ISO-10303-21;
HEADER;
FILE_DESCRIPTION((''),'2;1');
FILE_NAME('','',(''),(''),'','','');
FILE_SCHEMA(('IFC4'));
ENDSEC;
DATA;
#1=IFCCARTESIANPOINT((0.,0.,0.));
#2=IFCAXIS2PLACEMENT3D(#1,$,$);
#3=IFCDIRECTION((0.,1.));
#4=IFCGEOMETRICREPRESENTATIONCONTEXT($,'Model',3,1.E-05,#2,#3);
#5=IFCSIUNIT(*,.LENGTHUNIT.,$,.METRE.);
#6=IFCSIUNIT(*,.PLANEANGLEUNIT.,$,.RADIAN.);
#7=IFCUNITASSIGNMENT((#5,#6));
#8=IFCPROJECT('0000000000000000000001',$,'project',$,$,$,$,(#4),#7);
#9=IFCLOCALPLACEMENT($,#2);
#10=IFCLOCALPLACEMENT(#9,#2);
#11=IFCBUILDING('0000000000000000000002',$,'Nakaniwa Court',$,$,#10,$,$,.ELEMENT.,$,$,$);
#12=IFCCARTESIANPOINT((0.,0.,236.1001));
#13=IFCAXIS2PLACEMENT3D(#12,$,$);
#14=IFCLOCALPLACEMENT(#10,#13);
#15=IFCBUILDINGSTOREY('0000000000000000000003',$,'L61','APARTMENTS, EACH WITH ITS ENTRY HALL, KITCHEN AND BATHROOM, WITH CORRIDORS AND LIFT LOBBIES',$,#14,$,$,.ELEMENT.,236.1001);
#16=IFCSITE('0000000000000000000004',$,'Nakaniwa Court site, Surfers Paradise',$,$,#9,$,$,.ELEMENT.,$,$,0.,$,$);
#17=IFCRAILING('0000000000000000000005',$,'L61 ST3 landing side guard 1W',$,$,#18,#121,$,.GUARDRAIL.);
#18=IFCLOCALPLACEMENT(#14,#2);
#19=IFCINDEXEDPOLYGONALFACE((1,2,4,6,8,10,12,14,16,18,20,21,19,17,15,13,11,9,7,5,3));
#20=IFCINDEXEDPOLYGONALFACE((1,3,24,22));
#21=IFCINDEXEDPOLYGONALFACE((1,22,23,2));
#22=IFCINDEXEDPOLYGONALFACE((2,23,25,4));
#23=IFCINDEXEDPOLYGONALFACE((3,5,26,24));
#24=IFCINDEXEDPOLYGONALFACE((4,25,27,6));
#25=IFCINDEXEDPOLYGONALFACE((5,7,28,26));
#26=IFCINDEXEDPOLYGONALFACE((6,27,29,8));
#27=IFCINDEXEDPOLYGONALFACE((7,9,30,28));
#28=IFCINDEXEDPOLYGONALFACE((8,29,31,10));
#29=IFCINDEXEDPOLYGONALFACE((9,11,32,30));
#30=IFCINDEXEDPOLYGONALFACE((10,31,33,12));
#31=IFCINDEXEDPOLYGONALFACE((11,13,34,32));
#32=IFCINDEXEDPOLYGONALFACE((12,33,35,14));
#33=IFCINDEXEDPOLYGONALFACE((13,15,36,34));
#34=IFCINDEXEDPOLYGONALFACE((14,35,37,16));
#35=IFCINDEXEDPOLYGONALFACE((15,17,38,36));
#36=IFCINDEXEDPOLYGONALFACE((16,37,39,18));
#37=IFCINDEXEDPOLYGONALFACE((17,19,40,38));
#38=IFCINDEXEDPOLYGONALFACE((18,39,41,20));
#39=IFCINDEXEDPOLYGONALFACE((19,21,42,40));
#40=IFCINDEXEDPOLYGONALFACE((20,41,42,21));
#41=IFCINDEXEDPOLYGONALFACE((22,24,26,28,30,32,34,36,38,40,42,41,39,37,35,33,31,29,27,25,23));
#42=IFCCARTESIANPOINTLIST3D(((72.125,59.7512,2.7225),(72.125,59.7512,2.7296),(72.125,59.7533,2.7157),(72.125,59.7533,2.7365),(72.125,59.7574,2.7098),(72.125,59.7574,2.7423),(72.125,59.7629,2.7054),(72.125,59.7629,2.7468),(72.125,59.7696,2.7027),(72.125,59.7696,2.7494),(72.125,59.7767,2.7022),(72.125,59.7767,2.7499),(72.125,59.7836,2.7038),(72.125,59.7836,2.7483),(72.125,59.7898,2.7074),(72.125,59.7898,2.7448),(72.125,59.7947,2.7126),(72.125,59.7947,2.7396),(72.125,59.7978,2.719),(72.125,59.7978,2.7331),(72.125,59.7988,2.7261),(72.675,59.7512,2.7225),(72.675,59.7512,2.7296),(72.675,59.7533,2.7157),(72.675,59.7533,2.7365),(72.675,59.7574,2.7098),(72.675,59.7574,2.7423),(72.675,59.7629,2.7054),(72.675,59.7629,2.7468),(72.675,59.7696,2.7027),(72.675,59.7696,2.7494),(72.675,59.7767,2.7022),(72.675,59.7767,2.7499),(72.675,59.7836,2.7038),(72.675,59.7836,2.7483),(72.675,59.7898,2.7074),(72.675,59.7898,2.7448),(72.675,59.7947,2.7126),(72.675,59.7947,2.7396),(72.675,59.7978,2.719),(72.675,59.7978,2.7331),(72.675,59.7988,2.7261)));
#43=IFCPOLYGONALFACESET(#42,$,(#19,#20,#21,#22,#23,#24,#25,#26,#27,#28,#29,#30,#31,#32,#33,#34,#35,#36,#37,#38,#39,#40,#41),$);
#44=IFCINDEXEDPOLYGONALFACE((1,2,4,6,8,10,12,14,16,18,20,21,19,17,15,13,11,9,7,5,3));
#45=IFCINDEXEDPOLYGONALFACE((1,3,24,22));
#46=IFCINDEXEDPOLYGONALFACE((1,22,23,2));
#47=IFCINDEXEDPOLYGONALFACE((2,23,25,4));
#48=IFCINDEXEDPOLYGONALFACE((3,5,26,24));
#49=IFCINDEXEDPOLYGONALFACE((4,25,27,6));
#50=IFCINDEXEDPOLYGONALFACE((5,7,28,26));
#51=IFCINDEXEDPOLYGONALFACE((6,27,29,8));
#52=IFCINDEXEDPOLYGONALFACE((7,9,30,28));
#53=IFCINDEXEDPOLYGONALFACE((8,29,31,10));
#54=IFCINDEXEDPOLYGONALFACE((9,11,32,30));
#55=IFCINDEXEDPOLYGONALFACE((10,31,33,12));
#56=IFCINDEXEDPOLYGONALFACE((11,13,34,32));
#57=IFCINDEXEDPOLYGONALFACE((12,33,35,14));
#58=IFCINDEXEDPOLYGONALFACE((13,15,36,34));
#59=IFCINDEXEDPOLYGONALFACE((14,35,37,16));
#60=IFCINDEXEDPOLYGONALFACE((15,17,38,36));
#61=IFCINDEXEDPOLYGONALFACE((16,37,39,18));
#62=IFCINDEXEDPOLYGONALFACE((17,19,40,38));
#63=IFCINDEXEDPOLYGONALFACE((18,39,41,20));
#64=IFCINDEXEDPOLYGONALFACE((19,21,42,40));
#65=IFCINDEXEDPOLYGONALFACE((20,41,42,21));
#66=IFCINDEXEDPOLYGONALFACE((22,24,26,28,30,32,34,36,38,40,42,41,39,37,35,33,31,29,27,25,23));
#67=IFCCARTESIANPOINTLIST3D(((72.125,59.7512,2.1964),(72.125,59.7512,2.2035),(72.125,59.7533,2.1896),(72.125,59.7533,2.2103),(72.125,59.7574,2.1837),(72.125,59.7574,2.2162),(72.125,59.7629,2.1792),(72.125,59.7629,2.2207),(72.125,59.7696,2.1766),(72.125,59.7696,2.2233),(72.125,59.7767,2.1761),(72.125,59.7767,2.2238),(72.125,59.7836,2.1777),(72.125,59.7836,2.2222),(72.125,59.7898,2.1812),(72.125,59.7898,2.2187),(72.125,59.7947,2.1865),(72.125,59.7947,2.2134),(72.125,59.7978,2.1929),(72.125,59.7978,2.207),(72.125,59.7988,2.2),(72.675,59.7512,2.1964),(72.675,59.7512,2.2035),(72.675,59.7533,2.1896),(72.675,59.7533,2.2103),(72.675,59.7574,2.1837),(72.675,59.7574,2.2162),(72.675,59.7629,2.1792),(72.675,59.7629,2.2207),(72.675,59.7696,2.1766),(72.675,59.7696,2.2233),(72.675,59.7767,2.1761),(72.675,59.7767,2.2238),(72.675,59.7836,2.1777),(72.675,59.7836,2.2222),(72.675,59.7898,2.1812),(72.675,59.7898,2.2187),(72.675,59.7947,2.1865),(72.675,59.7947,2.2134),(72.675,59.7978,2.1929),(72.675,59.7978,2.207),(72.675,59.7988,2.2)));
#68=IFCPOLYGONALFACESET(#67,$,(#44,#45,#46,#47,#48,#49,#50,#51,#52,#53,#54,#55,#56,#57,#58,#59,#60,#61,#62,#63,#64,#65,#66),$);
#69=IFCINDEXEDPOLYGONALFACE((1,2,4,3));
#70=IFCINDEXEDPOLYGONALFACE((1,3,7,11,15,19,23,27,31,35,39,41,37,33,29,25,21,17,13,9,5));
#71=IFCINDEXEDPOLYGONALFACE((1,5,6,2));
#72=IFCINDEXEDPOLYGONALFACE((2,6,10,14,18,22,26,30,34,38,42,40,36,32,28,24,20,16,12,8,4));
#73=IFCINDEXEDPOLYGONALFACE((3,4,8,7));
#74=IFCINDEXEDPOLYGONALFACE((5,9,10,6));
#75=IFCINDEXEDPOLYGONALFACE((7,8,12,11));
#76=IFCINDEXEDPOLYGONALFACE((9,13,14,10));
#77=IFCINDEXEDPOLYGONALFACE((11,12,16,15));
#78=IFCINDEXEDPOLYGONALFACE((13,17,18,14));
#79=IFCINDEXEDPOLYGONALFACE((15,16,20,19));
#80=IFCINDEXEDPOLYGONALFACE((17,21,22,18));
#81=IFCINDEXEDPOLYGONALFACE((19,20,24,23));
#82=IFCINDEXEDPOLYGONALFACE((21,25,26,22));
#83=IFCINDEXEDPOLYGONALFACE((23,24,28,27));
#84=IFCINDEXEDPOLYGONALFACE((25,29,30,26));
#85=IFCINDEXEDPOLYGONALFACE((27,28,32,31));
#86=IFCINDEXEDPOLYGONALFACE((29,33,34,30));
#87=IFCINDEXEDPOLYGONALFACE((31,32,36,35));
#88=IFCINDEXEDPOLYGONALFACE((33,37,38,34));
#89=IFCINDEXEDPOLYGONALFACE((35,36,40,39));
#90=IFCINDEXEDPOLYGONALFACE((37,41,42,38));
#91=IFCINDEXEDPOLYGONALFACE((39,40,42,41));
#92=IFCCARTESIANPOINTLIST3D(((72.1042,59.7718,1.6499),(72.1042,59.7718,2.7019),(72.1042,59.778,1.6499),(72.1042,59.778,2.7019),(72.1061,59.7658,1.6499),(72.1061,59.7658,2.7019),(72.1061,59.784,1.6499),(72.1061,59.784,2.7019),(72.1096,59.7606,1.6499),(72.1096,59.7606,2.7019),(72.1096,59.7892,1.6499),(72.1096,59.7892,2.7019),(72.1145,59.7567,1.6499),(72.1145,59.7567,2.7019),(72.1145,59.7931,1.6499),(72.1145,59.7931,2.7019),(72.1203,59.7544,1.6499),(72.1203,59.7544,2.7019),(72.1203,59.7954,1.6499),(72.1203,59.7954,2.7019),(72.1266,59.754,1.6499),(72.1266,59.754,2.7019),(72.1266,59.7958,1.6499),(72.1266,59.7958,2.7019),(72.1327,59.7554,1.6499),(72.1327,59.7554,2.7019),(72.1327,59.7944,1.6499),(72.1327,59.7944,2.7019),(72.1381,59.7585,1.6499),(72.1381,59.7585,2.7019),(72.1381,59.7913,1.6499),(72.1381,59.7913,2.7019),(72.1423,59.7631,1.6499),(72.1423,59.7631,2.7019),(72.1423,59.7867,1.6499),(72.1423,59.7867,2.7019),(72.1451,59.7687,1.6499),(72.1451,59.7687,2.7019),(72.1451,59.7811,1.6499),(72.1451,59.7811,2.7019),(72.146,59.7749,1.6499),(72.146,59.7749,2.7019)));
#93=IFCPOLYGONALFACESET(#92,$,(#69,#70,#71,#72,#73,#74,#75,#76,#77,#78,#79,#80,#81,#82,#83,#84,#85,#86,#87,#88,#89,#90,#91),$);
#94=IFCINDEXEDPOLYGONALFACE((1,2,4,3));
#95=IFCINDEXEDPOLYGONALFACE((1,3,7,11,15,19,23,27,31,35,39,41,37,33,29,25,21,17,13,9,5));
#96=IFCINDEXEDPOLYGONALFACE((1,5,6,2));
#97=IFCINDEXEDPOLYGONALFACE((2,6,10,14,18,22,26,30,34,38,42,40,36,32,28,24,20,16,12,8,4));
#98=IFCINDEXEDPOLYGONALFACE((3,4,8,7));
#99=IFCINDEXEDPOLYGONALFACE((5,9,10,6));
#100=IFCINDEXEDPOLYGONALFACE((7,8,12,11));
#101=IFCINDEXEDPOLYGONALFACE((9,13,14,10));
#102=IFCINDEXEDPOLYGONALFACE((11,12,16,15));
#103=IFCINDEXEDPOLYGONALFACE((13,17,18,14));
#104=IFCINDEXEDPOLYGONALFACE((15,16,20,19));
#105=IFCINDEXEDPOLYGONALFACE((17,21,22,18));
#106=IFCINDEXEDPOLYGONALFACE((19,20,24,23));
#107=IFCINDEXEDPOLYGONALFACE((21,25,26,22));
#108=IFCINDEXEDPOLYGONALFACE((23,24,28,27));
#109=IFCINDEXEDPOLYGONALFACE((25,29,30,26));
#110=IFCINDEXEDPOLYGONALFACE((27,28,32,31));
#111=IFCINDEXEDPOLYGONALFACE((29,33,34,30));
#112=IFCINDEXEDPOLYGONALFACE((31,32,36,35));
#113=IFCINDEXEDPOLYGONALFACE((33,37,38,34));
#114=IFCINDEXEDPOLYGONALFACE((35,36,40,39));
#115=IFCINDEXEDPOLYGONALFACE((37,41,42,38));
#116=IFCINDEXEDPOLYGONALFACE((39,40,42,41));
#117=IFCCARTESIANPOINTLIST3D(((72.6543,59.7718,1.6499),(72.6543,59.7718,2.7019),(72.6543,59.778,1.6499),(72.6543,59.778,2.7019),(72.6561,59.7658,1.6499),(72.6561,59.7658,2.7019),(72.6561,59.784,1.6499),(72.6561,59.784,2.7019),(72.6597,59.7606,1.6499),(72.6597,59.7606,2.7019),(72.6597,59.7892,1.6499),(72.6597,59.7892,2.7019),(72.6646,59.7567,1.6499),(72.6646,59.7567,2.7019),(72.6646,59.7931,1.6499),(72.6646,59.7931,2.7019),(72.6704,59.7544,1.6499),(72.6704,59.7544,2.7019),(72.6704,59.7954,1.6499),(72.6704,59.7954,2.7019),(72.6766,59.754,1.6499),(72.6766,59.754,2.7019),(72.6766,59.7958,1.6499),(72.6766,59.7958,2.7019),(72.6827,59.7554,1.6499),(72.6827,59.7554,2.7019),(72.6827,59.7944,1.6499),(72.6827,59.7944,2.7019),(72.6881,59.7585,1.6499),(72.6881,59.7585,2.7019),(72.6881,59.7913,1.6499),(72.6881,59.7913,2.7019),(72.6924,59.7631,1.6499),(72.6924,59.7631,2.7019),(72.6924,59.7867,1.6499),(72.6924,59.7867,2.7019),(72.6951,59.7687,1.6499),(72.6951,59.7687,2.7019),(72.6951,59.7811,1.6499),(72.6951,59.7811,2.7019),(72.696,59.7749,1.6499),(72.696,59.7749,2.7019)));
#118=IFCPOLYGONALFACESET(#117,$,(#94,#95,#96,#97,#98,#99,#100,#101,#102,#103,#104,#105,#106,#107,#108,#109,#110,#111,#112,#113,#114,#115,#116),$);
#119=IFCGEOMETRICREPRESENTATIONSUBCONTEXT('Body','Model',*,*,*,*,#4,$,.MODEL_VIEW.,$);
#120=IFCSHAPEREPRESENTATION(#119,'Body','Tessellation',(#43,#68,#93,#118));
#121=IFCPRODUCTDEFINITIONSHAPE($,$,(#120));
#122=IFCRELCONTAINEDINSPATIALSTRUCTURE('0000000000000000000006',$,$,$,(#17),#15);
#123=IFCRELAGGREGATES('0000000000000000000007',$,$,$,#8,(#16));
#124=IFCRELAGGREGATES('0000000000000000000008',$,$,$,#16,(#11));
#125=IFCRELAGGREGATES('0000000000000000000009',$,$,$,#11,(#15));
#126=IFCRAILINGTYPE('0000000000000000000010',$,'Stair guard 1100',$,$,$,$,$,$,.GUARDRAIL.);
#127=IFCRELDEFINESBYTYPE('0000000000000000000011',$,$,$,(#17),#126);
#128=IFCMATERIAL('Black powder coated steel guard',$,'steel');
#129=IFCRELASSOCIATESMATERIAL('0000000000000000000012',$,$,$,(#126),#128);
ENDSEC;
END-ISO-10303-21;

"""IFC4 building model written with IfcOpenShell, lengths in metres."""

from ifc_helpers import new_model, si_unit, direction, frame, origin, origin_2d, place, context, subcontext, project, spatial, circle, extrude, material, type_object, element, save


model = new_model("IFC4")

# Units and contexts
model_context = context("Model", 3, precision=1e-05, world=origin(), true_north=direction((0.0, 1.0)))
body_context = subcontext(model_context, "Body", "Model", "MODEL_VIEW")
ifc_project = project(units=[si_unit("LENGTHUNIT", "METRE"), si_unit("PLANEANGLEUNIT", "RADIAN")], contexts=[model_context])

# Site, building, storey
site_placement = place(None, origin())
site = spatial("IfcSite", under=ifc_project, at=site_placement, Name="Nakaniwa Court site, Surfers Paradise", CompositionType="ELEMENT", RefElevation=0.0)
building_placement = place(site_placement, origin())
building = spatial("IfcBuilding", under=site, at=building_placement, Name="Nakaniwa Court", CompositionType="ELEMENT")
storey_placement = place(building_placement, frame((0.0, 0.0, 236.1001)))
storey = spatial("IfcBuildingStorey", under=building, at=storey_placement, Name="L61", Description="APARTMENTS, EACH WITH ITS ENTRY HALL, KITCHEN AND BATHROOM, WITH CORRIDORS AND LIFT LOBBIES", CompositionType="ELEMENT", Elevation=236.1001)

# Railing
ifc_material_1 = material(Name="Black powder coated steel guard", Category="steel")
railing_type_1 = type_object("IfcRailingType", Name="Stair guard 1100", PredefinedType="GUARDRAIL", material=ifc_material_1)
for number, where, name in (
    (1, (72.125, 59.7749, 1.6499), "L61 ST3 landing side guard 1W"),
):
    element("IfcRailing", number, at=place(storey_placement, frame(where)), inside=storey, type_object=railing_type_1, Name=name, PredefinedType="GUARDRAIL", context=body_context, shape_type="SweptSolid", body=[
        extrude(circle(Radius=0.0239, at=origin_2d()), frame((0.0, 0.0, 1.0762), z_axis=(1.0, 0.0, 0.0), x_axis=(0.0, 1.0, 0.0)), (0.0, 0.0, 1.0), 0.55),
        extrude(circle(Radius=0.0239, at=origin_2d()), frame((0.0, 0.0, 0.55), z_axis=(1.0, 0.0, 0.0), x_axis=(0.0, 1.0, 0.0)), (0.0, 0.0, 1.0), 0.55),
        extrude(circle(Radius=0.021, at=origin_2d()), origin(), (0.0, 0.0, 1.0), 1.052),
        extrude(circle(Radius=0.021, at=origin_2d()), frame((0.55, 0.0, 0.0)), (0.0, 0.0, 1.0), 1.052),
    ])

save(model, "model.ifc")
